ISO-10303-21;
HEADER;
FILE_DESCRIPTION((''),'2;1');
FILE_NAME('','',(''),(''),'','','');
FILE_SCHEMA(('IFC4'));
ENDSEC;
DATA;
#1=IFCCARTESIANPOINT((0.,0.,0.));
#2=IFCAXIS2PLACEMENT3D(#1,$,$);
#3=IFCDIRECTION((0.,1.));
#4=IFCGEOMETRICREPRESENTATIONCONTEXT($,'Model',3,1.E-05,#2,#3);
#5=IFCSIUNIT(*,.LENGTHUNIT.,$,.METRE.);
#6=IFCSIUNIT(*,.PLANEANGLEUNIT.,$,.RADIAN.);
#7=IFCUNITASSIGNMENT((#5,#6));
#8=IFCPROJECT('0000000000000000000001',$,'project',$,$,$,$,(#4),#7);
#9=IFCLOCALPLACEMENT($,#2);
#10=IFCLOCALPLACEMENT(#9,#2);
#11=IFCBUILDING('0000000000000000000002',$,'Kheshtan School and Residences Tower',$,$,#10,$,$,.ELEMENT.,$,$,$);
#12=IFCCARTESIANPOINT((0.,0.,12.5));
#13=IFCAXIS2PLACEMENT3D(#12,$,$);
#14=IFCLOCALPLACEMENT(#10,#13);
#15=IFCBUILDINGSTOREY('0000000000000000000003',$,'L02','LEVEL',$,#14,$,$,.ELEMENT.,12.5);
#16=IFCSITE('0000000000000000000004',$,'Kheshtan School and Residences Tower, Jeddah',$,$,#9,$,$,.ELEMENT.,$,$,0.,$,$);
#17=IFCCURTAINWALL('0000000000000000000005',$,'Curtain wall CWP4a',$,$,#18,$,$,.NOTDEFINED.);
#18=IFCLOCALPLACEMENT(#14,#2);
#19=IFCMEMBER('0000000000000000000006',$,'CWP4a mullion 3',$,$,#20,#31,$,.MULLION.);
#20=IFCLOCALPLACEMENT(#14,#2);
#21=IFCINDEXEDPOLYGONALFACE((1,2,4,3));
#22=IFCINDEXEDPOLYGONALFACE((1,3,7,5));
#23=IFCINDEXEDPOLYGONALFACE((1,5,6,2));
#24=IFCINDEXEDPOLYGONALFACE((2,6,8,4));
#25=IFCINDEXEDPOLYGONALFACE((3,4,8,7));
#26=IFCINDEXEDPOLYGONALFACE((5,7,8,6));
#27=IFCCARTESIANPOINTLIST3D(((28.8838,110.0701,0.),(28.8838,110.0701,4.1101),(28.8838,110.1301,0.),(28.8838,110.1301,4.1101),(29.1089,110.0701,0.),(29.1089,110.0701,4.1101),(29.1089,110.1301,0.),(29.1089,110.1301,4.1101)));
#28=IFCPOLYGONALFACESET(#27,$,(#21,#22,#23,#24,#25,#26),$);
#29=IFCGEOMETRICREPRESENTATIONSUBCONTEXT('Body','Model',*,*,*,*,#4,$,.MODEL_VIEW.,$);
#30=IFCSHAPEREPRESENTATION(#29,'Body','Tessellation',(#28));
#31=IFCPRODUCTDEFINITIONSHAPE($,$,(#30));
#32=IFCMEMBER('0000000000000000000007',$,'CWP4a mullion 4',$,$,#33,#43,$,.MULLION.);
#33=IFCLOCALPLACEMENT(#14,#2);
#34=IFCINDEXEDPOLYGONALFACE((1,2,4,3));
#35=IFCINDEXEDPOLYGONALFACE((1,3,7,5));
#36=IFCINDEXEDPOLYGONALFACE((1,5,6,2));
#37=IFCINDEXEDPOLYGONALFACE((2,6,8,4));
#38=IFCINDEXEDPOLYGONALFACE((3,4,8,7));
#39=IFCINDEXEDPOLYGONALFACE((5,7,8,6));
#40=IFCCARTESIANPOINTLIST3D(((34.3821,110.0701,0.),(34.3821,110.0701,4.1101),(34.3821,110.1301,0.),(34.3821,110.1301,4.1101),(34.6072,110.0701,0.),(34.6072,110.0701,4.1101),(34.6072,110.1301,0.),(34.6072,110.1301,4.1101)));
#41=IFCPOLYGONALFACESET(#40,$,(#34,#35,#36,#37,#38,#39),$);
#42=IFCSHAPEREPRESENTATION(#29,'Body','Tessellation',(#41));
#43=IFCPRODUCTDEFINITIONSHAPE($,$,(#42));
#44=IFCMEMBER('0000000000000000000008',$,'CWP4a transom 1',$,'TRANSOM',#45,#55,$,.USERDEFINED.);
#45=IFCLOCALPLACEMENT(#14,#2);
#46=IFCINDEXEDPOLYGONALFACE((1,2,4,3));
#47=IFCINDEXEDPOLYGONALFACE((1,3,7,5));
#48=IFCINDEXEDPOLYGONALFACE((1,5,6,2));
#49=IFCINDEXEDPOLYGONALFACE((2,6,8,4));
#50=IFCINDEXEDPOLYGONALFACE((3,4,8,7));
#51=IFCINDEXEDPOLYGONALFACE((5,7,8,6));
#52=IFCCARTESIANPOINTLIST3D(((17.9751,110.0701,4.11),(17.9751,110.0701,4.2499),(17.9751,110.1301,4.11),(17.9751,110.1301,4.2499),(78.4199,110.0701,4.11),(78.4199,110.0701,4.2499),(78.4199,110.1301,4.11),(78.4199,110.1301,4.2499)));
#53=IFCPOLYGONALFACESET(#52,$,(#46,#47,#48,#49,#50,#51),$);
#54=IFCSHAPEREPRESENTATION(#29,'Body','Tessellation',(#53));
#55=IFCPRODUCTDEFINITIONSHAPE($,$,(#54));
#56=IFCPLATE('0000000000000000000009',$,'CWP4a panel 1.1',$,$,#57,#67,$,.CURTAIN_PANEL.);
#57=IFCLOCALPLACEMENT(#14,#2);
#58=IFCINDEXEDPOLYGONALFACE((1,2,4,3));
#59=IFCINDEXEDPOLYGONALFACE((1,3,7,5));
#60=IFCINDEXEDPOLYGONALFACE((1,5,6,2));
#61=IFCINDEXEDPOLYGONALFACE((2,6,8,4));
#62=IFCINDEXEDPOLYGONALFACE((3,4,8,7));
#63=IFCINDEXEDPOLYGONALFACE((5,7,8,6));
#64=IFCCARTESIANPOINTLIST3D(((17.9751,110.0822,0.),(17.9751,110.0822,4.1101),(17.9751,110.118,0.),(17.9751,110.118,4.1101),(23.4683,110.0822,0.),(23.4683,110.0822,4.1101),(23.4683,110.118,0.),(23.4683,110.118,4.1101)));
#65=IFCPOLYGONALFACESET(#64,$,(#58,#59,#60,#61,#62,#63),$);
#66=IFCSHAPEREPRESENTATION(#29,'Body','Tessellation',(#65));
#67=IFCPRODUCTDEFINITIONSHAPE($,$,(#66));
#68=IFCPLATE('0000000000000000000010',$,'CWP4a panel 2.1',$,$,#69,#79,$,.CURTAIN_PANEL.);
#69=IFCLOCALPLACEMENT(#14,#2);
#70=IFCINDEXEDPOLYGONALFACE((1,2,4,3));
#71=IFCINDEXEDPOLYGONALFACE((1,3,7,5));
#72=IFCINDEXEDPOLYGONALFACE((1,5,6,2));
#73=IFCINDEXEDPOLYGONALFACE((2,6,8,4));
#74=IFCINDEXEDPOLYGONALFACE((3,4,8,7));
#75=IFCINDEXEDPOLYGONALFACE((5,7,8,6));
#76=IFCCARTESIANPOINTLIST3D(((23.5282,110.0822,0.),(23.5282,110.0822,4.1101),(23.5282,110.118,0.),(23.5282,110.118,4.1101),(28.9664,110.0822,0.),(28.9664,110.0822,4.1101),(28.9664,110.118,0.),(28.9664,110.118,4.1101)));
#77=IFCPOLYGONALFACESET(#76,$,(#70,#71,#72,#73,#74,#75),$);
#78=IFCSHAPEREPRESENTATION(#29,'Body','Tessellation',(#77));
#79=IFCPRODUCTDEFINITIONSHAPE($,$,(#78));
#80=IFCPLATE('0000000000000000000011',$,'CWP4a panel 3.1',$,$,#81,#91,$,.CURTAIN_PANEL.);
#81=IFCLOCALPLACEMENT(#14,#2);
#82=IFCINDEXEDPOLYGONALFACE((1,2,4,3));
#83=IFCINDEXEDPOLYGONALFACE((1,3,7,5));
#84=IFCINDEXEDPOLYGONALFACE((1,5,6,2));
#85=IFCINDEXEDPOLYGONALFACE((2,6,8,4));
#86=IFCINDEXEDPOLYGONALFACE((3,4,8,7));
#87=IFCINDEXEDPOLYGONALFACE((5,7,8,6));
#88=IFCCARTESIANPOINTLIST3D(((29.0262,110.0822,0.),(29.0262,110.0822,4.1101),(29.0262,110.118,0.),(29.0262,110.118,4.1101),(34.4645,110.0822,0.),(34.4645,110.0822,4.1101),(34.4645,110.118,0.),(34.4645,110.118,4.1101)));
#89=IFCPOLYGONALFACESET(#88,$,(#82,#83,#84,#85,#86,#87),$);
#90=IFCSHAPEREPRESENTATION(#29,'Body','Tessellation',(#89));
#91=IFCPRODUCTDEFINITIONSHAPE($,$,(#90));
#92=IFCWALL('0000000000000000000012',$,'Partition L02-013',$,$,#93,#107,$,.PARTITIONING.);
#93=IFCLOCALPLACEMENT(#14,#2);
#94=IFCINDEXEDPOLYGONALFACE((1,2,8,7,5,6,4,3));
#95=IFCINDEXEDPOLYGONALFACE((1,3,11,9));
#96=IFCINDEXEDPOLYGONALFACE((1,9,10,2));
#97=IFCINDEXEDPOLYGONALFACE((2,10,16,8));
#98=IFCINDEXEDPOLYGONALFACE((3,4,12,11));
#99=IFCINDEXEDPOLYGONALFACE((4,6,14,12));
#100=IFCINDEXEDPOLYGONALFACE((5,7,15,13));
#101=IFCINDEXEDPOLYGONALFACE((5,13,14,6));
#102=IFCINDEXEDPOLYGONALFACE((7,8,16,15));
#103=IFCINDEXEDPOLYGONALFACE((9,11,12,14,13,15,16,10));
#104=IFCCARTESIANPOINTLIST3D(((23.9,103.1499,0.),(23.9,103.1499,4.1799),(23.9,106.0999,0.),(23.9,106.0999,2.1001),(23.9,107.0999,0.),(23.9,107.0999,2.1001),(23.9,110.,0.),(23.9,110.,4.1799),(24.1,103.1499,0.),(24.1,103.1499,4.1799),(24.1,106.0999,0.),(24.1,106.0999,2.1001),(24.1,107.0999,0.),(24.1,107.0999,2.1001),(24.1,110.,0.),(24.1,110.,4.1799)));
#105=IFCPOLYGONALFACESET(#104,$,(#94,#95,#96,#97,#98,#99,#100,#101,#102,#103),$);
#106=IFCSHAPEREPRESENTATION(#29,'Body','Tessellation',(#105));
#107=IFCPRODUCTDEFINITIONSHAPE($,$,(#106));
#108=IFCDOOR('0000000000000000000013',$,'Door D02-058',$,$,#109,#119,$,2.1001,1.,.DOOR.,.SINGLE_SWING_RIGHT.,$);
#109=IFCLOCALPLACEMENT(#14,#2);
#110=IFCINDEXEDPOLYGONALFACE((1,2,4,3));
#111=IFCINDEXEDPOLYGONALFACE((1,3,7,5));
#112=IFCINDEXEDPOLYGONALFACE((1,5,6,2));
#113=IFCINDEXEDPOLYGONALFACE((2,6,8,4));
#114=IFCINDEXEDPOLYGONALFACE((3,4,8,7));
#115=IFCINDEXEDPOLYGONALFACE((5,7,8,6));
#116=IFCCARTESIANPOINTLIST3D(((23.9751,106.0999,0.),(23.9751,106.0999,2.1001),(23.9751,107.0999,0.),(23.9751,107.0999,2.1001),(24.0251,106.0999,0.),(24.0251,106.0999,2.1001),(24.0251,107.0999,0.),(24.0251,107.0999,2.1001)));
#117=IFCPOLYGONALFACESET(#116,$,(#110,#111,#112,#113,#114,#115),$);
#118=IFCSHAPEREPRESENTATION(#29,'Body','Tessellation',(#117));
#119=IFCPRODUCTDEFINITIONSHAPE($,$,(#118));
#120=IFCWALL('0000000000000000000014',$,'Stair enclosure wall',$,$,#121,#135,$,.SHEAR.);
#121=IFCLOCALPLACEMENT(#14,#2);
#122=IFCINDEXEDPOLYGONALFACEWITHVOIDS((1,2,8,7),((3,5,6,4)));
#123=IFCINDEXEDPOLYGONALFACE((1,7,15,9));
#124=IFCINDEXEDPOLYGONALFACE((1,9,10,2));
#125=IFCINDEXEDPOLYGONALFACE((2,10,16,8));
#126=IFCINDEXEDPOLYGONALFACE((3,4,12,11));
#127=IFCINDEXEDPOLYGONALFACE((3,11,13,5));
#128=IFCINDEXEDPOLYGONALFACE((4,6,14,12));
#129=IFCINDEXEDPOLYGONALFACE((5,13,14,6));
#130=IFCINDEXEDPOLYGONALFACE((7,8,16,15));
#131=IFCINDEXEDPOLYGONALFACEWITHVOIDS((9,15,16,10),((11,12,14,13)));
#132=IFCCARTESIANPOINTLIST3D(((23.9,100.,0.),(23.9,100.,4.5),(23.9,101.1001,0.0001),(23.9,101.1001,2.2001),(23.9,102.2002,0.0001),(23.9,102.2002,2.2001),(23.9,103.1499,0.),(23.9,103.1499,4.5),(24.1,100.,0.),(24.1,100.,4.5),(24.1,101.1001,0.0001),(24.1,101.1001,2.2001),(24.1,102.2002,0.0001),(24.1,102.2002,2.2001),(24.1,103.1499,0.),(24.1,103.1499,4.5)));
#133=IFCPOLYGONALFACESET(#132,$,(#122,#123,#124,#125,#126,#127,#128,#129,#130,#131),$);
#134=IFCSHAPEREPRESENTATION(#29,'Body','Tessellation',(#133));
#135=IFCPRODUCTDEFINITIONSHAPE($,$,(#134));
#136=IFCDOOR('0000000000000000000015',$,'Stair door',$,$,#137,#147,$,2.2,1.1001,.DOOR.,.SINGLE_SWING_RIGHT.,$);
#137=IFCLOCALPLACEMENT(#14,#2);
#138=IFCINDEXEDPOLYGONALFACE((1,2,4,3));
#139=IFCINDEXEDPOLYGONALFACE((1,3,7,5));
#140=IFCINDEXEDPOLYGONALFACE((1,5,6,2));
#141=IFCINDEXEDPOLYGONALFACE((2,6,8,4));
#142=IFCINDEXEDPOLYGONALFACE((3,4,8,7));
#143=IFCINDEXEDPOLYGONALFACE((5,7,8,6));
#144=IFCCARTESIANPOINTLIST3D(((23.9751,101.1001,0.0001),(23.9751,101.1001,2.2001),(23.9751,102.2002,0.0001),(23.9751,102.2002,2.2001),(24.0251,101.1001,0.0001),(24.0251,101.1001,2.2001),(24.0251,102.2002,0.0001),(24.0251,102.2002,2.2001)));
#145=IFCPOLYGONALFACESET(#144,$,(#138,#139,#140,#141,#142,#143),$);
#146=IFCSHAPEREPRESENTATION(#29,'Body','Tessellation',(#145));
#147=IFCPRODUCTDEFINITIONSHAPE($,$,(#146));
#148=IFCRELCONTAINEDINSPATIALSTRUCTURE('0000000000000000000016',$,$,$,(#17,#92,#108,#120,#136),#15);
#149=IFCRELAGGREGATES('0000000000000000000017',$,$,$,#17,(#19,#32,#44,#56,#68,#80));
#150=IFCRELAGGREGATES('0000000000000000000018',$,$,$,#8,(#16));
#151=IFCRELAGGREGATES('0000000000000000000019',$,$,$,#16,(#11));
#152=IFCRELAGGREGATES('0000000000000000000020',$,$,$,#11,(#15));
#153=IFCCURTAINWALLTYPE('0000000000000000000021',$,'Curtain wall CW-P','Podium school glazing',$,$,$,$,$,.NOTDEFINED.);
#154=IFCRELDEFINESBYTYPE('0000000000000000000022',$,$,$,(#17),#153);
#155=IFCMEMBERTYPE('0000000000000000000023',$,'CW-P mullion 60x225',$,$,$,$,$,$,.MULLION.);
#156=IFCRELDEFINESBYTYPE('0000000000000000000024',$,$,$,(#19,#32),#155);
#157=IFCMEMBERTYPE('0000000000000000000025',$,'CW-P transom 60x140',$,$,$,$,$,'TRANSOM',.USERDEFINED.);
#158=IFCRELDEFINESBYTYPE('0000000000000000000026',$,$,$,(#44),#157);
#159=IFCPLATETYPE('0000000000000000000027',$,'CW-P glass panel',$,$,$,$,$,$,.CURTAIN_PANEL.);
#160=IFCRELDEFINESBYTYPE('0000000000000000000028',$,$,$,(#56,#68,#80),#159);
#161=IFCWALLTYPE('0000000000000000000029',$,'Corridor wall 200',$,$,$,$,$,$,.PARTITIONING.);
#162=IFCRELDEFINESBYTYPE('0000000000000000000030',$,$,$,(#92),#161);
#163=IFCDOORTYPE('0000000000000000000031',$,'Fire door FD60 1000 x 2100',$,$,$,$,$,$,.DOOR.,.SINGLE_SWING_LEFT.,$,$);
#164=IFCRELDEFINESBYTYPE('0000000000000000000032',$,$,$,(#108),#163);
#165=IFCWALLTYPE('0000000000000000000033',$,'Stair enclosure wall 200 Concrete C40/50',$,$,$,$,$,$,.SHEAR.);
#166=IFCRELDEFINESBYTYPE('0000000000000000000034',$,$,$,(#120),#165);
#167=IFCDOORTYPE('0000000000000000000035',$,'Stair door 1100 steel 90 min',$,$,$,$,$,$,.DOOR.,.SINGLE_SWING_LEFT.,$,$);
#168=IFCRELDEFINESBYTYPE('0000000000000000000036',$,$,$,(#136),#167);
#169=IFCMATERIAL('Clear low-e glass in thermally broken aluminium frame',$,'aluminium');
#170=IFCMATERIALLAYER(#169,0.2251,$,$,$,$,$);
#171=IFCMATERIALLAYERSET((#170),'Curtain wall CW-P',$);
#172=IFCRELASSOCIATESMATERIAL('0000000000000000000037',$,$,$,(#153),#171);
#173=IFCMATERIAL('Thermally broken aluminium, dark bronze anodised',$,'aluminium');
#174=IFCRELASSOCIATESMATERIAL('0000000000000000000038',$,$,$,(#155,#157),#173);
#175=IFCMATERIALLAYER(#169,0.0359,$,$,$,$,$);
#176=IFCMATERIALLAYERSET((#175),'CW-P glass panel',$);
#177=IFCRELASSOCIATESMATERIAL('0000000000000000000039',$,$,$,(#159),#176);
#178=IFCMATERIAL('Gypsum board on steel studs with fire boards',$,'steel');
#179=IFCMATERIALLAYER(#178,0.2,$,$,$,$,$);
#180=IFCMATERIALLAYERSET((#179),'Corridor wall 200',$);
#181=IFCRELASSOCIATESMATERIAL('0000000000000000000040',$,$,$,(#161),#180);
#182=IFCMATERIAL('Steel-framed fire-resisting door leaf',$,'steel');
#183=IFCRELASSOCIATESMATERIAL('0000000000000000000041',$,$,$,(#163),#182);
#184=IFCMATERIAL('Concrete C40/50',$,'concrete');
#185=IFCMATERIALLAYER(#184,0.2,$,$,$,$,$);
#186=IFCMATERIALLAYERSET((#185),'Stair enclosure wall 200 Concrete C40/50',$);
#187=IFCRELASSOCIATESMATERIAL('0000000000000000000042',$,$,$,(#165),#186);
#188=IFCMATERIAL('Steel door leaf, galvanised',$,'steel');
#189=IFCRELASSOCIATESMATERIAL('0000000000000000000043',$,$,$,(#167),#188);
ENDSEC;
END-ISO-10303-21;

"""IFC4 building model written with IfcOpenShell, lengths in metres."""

from ifc_helpers import new_model, si_unit, direction, frame, frame_2d, origin, origin_2d, place, context, subcontext, project, spatial, rectangle, extrude, source, transform, mapped, material, layer, layer_set, material_profile, profile_set, type_object, element, fill, aggregate, save


model = new_model("IFC4")

# Units and contexts
model_context = context("Model", 3, precision=1e-05, world=origin(), true_north=direction((0.0, 1.0)))
body_context = subcontext(model_context, "Body", "Model", "MODEL_VIEW")
ifc_project = project(units=[si_unit("LENGTHUNIT", "METRE"), si_unit("PLANEANGLEUNIT", "RADIAN")], contexts=[model_context])

# Site, building, storey
site_placement = place(None, origin())
site = spatial("IfcSite", under=ifc_project, at=site_placement, Name="Kheshtan School and Residences Tower, Jeddah", CompositionType="ELEMENT", RefElevation=0.0)
building_placement = place(site_placement, origin())
building = spatial("IfcBuilding", under=site, at=building_placement, Name="Kheshtan School and Residences Tower", CompositionType="ELEMENT")
storey_placement = place(building_placement, frame((0.0, 0.0, 12.5)))
storey = spatial("IfcBuildingStorey", under=building, at=storey_placement, Name="L02", Description="LEVEL", CompositionType="ELEMENT", Elevation=12.5)

# Curtain wall, members, plates
ifc_material_1 = material(Name="Clear low-e glass in thermally broken aluminium frame", Category="aluminium")
ifc_layer_1 = layer(ifc_material_1, 0.2251)
ifc_layer_set_1 = layer_set([ifc_layer_1], Name="Curtain wall CW-P")
curtain_wall_type = type_object("IfcCurtainWallType", Name="Curtain wall CW-P", Description="Podium school glazing", PredefinedType="NOTDEFINED", material=ifc_layer_set_1)
curtain_wall_placement = place(storey_placement, origin())
curtain_wall = element("IfcCurtainWall", 1, at=curtain_wall_placement, inside=storey, type_object=curtain_wall_type, Name="Curtain wall CWP4a", PredefinedType="NOTDEFINED")
ifc_material_2 = material(Name="Thermally broken aluminium, dark bronze anodised", Category="aluminium")
ifc_material_profile_1 = material_profile(ifc_material_2, rectangle(XDim=0.0601, YDim=0.2251, at=origin_2d()), Name="CW-P mullion 60x225")
ifc_profile_set_1 = profile_set([ifc_material_profile_1], Name="Thermally broken aluminium, dark bronze anodised")
member_type_1 = type_object("IfcMemberType", Name="CW-P mullion 60x225", PredefinedType="MULLION", material=ifc_profile_set_1)
member_1_placement = place(storey_placement, frame((28.9963, 110.1001, 0.0), z_axis=(0.0, 0.0, 1.0), x_axis=(0.0, 1.0, 0.0)))
member_1 = element("IfcMember", 2, at=member_1_placement, type_object=member_type_1, Name="CWP4a mullion 3", PredefinedType="MULLION", context=body_context, shape_type="SweptSolid", body=[
    extrude(rectangle(XDim=0.0601, YDim=0.2251, at=origin_2d()), origin(), (0.0, 0.0, 1.0), 4.1101),
])
member_2_placement = place(storey_placement, frame((34.4946, 110.1001, 0.0), z_axis=(0.0, 0.0, 1.0), x_axis=(0.0, 1.0, 0.0)))
member_2 = element("IfcMember", 3, at=member_2_placement, type_object=member_type_1, Name="CWP4a mullion 4", PredefinedType="MULLION", context=body_context, shape_type="SweptSolid", body=[
    extrude(rectangle(XDim=0.0601, YDim=0.2251, at=origin_2d()), origin(), (0.0, 0.0, 1.0), 4.1101),
])
ifc_material_profile_2 = material_profile(ifc_material_2, rectangle(XDim=0.0601, YDim=0.1399, at=origin_2d()), Name="CW-P transom 60x140")
ifc_profile_set_2 = profile_set([ifc_material_profile_2], Name="Thermally broken aluminium, dark bronze anodised")
member_type_2 = type_object("IfcMemberType", Name="CW-P transom 60x140", ElementType="TRANSOM", PredefinedType="USERDEFINED", material=ifc_profile_set_2)
member_3_placement = place(storey_placement, frame((17.9751, 110.1001, 4.1799), z_axis=(1.0, 0.0, 0.0), x_axis=(0.0, 1.0, 0.0)))
member_3 = element("IfcMember", 4, at=member_3_placement, type_object=member_type_2, Name="CWP4a transom 1", ObjectType="TRANSOM", PredefinedType="USERDEFINED", context=body_context, shape_type="SweptSolid", body=[
    extrude(rectangle(XDim=0.0601, YDim=0.1399, at=origin_2d()), origin(), (0.0, 0.0, 1.0), 60.4448),
])
ifc_layer_2 = layer(ifc_material_1, 0.0359)
ifc_layer_set_2 = layer_set([ifc_layer_2], Name="CW-P glass panel")
plate_type = type_object("IfcPlateType", Name="CW-P glass panel", PredefinedType="CURTAIN_PANEL", material=ifc_layer_set_2)
plate_1_placement = place(storey_placement, frame((20.7217, 110.1001, 0.0), z_axis=(0.0, 0.0, 1.0), x_axis=(1.0, 0.0, 0.0)))
plate_1 = element("IfcPlate", 5, at=plate_1_placement, type_object=plate_type, Name="CWP4a panel 1.1", PredefinedType="CURTAIN_PANEL", context=body_context, shape_type="SweptSolid", body=[
    extrude(rectangle(XDim=5.4932, YDim=0.0359, at=origin_2d()), origin(), (0.0, 0.0, 1.0), 4.1101),
])
plate_2_placement = place(storey_placement, frame((26.2473, 110.1001, 0.0), z_axis=(0.0, 0.0, 1.0), x_axis=(1.0, 0.0, 0.0)))
plate_2 = element("IfcPlate", 6, at=plate_2_placement, type_object=plate_type, Name="CWP4a panel 2.1", PredefinedType="CURTAIN_PANEL", context=body_context, shape_type="SweptSolid", body=[
    extrude(rectangle(XDim=5.4382, YDim=0.0359, at=origin_2d()), origin(), (0.0, 0.0, 1.0), 4.1101),
])
plate_3_placement = place(storey_placement, frame((31.7454, 110.1001, 0.0), z_axis=(0.0, 0.0, 1.0), x_axis=(1.0, 0.0, 0.0)))
plate_3 = element("IfcPlate", 7, at=plate_3_placement, type_object=plate_type, Name="CWP4a panel 3.1", PredefinedType="CURTAIN_PANEL", context=body_context, shape_type="SweptSolid", body=[
    extrude(rectangle(XDim=5.4382, YDim=0.0359, at=origin_2d()), origin(), (0.0, 0.0, 1.0), 4.1101),
])
aggregate(curtain_wall, [member_1, member_2, member_3, plate_1, plate_2, plate_3])

# Walls, openings, doors
ifc_material_3 = material(Name="Gypsum board on steel studs with fire boards", Category="steel")
ifc_layer_3 = layer(ifc_material_3, 0.2)
ifc_layer_set_3 = layer_set([ifc_layer_3], Name="Corridor wall 200")
wall_type_1 = type_object("IfcWallType", Name="Corridor wall 200", PredefinedType="PARTITIONING", material=ifc_layer_set_3)
wall_1_placement = place(storey_placement, frame((24.0, 103.1499, 0.0), z_axis=(0.0, 0.0, 1.0), x_axis=(0.0, 1.0, 0.0)))
wall_1 = element("IfcWall", 8, at=wall_1_placement, inside=storey, type_object=wall_type_1, Name="Partition L02-013", PredefinedType="PARTITIONING", context=body_context, shape_type="SweptSolid", body=[
    extrude(rectangle(XDim=6.8501, YDim=0.2, at=frame_2d((3.425, 0.0))), origin(), (0.0, 0.0, 1.0), 4.1799),
])
opening_1_placement = place(wall_1_placement, frame((2.95, 0.0, 0.0)))
opening_1 = element("IfcOpeningElement", 9, at=opening_1_placement, cuts=wall_1, PredefinedType="OPENING", context=body_context, shape_type="SweptSolid", body=[
    extrude(rectangle(XDim=1.0, YDim=2.1001, at=frame_2d((0.5, 1.05))), frame((0.0, 0.1099, 0.0), z_axis=(0.0, -1.0, 0.0), x_axis=(1.0, 0.0, 0.0)), (0.0, 0.0, 1.0), 0.22),
])
ifc_material_4 = material(Name="Steel-framed fire-resisting door leaf", Category="steel")
door_type_1 = type_object("IfcDoorType", Name="Fire door FD60 1000 x 2100", OperationType="SINGLE_SWING_LEFT", PredefinedType="DOOR", material=ifc_material_4)
shared_shape_1 = source(origin(), body_context, "Body", "SweptSolid", [
    extrude(rectangle(XDim=1.0, YDim=2.1001, at=frame_2d((0.5, 1.05))), frame((0.0, 0.0249, 0.0), z_axis=(0.0, -1.0, 0.0), x_axis=(1.0, 0.0, 0.0)), (0.0, 0.0, 1.0), 0.05),
])
door_1_placement = place(opening_1_placement, origin())
door_1 = element("IfcDoor", 10, at=door_1_placement, inside=storey, type_object=door_type_1, Name="Door D02-058", OperationType="SINGLE_SWING_RIGHT", OverallHeight=2.1001, OverallWidth=1.0, PredefinedType="DOOR", context=body_context, shape_type="MappedRepresentation", body=[
    mapped(shared_shape_1, transform((0.0, 0.0, 0.0), x_axis=(1.0, 0.0, 0.0), y_axis=(0.0, 1.0, 0.0), z_axis=(0.0, 0.0, 1.0), scale=1.0)),
])
fill(opening_1, door_1)
ifc_material_5 = material(Name="Concrete C40/50", Category="concrete")
ifc_layer_4 = layer(ifc_material_5, 0.2)
ifc_layer_set_4 = layer_set([ifc_layer_4], Name="Stair enclosure wall 200 Concrete C40/50")
wall_type_2 = type_object("IfcWallType", Name="Stair enclosure wall 200 Concrete C40/50", PredefinedType="SHEAR", material=ifc_layer_set_4)
wall_2_placement = place(storey_placement, frame((24.0, 100.0, 0.0), z_axis=(0.0, 0.0, 1.0), x_axis=(0.0, 1.0, 0.0)))
wall_2 = element("IfcWall", 11, at=wall_2_placement, inside=storey, type_object=wall_type_2, Name="Stair enclosure wall", PredefinedType="SHEAR", context=body_context, shape_type="SweptSolid", body=[
    extrude(rectangle(XDim=3.1499, YDim=0.2, at=frame_2d((1.575, 0.0))), origin(), (0.0, 0.0, 1.0), 4.5),
])
opening_2_placement = place(wall_2_placement, frame((1.1001, 0.0, 0.0)))
opening_2 = element("IfcOpeningElement", 12, at=opening_2_placement, cuts=wall_2, PredefinedType="OPENING", context=body_context, shape_type="SweptSolid", body=[
    extrude(rectangle(XDim=1.1001, YDim=2.2, at=frame_2d((0.55, 1.1001))), frame((0.0, 0.1099, 0.0), z_axis=(0.0, -1.0, 0.0), x_axis=(1.0, 0.0, 0.0)), (0.0, 0.0, 1.0), 0.22),
])
ifc_material_6 = material(Name="Steel door leaf, galvanised", Category="steel")
door_type_2 = type_object("IfcDoorType", Name="Stair door 1100 steel 90 min", OperationType="SINGLE_SWING_LEFT", PredefinedType="DOOR", material=ifc_material_6)
shared_shape_2 = source(origin(), body_context, "Body", "SweptSolid", [
    extrude(rectangle(XDim=1.1001, YDim=2.2, at=frame_2d((0.55, 1.1001))), frame((0.0, 0.0249, 0.0), z_axis=(0.0, -1.0, 0.0), x_axis=(1.0, 0.0, 0.0)), (0.0, 0.0, 1.0), 0.05),
])
door_2_placement = place(opening_2_placement, origin())
door_2 = element("IfcDoor", 13, at=door_2_placement, inside=storey, type_object=door_type_2, Name="Stair door", OperationType="SINGLE_SWING_RIGHT", OverallHeight=2.2, OverallWidth=1.1001, PredefinedType="DOOR", context=body_context, shape_type="MappedRepresentation", body=[
    mapped(shared_shape_2, transform((0.0, 0.0, 0.0), x_axis=(1.0, 0.0, 0.0), y_axis=(0.0, 1.0, 0.0), z_axis=(0.0, 0.0, 1.0), scale=1.0)),
])
fill(opening_2, door_2)

save(model, "model.ifc")
